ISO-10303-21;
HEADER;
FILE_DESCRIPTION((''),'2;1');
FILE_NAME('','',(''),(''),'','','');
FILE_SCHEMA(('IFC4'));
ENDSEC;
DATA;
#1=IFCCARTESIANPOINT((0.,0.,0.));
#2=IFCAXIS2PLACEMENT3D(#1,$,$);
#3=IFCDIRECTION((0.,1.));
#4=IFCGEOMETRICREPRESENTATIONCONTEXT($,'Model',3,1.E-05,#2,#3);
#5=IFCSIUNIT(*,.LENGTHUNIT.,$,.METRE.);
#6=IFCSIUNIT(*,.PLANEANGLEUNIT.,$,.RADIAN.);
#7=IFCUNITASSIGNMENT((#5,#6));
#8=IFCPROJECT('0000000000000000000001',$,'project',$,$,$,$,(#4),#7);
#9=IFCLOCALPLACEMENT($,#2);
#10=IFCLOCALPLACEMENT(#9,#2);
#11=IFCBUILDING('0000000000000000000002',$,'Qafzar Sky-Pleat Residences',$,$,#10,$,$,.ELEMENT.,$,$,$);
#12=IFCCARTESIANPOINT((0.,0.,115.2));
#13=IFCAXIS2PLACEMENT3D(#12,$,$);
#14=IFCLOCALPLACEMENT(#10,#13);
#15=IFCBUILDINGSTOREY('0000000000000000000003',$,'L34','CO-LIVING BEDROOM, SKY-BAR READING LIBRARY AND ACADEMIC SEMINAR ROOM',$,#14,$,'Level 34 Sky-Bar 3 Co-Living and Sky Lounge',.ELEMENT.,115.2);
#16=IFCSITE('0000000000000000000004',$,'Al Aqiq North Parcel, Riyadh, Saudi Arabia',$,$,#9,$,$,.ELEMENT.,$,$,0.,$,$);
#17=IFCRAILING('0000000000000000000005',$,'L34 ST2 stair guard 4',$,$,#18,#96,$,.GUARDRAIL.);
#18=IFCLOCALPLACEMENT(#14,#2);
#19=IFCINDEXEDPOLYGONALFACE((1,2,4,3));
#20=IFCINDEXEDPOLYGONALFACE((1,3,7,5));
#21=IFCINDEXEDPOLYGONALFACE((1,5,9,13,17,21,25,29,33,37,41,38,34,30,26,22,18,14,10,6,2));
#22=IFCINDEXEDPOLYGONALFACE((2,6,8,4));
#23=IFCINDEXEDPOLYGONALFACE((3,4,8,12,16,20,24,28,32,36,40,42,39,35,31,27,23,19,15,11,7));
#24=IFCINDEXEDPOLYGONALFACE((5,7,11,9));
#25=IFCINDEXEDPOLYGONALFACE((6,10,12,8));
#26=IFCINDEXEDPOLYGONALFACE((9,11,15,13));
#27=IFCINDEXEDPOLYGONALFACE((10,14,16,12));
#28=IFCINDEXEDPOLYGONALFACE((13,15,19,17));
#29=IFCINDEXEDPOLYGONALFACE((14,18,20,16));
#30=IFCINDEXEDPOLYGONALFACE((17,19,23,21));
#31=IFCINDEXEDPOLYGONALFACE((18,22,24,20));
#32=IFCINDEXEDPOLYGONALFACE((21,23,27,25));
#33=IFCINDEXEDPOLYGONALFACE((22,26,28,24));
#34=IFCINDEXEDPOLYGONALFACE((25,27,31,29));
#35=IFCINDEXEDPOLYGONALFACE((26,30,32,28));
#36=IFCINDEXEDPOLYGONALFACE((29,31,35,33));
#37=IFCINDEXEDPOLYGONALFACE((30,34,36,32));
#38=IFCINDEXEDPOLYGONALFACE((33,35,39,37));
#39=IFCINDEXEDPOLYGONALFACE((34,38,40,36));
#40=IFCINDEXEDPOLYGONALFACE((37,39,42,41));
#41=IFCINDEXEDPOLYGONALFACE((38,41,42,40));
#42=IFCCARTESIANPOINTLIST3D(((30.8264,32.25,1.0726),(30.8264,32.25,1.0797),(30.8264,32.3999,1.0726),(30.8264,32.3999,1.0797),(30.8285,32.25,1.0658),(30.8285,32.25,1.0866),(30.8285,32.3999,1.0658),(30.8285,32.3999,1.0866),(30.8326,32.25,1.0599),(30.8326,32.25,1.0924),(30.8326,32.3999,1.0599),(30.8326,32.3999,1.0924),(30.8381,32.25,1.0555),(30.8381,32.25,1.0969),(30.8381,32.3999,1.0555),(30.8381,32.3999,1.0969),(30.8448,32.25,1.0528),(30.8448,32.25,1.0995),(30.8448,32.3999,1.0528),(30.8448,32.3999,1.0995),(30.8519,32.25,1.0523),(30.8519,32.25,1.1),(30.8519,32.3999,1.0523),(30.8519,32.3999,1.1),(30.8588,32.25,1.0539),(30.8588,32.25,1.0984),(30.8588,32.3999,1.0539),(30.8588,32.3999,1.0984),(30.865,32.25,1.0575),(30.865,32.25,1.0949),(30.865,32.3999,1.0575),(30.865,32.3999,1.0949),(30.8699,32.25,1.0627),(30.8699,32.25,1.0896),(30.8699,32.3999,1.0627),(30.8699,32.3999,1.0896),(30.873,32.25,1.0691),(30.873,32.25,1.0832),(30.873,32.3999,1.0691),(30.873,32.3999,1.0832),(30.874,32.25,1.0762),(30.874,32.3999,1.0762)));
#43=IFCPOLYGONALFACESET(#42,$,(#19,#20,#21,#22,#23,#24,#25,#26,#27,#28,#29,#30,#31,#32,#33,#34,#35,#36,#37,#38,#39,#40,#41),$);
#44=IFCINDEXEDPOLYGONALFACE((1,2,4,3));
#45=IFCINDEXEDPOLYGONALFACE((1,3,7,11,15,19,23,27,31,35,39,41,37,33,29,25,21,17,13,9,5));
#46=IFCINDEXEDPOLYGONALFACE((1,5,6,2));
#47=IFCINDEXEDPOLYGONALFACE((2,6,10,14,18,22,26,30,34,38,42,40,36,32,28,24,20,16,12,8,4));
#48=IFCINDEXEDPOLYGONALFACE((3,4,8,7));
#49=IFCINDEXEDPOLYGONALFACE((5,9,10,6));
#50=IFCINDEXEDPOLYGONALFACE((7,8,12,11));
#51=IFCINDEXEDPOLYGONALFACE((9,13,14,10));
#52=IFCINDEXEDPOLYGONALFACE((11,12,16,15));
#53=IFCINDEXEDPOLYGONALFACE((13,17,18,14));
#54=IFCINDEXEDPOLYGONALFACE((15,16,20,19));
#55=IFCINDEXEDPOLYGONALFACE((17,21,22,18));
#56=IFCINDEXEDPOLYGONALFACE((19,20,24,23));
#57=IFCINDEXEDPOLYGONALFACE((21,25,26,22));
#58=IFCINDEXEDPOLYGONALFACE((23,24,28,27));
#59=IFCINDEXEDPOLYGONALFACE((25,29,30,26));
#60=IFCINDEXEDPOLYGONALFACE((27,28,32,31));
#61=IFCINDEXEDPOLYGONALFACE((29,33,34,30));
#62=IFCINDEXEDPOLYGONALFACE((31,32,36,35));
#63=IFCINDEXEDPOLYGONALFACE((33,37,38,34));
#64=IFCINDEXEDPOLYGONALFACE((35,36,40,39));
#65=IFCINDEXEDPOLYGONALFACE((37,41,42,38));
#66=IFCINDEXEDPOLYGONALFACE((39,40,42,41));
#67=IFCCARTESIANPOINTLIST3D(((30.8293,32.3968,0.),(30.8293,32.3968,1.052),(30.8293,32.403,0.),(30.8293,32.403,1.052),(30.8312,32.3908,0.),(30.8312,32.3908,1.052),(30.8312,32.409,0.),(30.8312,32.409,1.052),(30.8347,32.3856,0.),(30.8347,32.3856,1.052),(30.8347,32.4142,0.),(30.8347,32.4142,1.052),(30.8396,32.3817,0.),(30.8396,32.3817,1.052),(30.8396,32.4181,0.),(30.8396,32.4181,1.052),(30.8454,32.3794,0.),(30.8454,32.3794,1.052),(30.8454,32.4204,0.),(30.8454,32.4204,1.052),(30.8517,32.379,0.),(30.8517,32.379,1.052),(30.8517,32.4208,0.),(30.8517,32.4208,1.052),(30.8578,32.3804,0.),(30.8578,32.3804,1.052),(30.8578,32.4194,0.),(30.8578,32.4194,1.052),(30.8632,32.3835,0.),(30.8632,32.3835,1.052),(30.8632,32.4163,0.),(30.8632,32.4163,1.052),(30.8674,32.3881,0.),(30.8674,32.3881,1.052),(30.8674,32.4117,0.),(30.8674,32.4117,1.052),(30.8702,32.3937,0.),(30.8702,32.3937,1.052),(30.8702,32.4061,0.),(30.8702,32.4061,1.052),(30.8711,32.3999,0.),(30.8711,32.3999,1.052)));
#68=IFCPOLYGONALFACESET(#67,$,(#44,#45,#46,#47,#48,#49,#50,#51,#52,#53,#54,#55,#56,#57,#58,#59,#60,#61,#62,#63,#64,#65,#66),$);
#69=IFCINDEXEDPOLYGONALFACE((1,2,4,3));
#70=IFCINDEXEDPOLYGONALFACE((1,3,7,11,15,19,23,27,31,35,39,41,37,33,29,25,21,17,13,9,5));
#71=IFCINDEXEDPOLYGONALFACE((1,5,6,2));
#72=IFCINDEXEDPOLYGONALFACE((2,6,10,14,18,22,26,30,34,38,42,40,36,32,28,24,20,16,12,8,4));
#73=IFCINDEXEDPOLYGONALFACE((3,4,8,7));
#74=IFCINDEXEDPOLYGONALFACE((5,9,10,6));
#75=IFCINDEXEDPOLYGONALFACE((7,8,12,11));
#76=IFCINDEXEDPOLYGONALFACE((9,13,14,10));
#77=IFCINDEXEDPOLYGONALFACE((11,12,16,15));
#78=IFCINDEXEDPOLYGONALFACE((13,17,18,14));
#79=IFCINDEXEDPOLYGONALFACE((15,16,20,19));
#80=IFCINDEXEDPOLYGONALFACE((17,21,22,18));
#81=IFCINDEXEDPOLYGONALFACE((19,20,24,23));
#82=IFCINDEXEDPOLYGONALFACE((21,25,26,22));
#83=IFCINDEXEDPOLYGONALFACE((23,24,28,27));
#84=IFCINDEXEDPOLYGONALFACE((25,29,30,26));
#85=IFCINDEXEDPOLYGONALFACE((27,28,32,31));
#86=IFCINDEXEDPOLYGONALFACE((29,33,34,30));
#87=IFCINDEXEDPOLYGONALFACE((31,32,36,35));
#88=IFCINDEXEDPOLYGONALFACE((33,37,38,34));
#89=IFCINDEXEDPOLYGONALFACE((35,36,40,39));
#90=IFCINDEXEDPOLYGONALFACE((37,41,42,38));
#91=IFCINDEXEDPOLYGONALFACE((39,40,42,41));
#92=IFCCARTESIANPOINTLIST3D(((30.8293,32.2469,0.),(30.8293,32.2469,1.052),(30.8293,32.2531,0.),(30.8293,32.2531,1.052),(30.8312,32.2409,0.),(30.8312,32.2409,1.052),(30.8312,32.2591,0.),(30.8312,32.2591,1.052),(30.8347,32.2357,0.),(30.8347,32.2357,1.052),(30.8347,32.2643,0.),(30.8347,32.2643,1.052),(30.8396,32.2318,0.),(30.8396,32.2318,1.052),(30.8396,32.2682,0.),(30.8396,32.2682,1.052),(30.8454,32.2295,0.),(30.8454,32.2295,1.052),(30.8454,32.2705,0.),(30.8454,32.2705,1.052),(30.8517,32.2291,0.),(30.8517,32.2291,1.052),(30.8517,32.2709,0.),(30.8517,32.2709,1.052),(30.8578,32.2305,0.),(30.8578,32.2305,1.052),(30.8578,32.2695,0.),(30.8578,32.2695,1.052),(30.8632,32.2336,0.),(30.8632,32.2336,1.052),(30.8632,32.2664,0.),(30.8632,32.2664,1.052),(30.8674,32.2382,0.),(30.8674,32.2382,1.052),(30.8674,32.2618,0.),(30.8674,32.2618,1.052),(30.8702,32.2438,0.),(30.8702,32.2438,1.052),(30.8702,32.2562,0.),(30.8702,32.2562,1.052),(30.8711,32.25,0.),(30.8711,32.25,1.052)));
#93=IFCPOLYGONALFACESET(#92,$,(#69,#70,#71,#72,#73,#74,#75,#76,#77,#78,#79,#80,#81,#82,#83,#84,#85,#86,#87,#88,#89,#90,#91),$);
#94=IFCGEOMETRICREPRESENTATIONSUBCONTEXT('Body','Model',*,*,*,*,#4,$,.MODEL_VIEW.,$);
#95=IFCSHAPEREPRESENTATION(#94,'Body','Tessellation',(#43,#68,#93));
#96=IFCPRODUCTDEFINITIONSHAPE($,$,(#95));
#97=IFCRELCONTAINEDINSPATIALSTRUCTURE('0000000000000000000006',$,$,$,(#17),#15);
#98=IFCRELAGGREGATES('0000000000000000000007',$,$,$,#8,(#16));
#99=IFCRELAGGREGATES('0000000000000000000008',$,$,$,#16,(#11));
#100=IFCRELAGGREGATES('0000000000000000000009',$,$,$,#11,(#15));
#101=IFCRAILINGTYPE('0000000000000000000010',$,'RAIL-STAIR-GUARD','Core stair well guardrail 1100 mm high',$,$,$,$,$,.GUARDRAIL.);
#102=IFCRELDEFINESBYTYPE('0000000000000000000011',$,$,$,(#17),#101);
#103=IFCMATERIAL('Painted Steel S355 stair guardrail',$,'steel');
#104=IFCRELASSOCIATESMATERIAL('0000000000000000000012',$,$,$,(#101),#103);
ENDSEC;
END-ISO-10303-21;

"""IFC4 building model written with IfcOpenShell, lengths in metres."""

from ifc_helpers import new_model, si_unit, direction, frame, origin, origin_2d, place, context, subcontext, project, spatial, circle, extrude, source, transform, mapped, material, type_object, element, save


model = new_model("IFC4")

# Units and contexts
model_context = context("Model", 3, precision=1e-05, world=origin(), true_north=direction((0.0, 1.0)))
body_context = subcontext(model_context, "Body", "Model", "MODEL_VIEW")
ifc_project = project(units=[si_unit("LENGTHUNIT", "METRE"), si_unit("PLANEANGLEUNIT", "RADIAN")], contexts=[model_context])

# Site, building, storey
site_placement = place(None, origin())
site = spatial("IfcSite", under=ifc_project, at=site_placement, Name="Al Aqiq North Parcel, Riyadh, Saudi Arabia", CompositionType="ELEMENT", RefElevation=0.0)
building_placement = place(site_placement, origin())
building = spatial("IfcBuilding", under=site, at=building_placement, Name="Qafzar Sky-Pleat Residences", CompositionType="ELEMENT")
storey_placement = place(building_placement, frame((0.0, 0.0, 115.2)))
storey = spatial("IfcBuildingStorey", under=building, at=storey_placement, Name="L34", Description="CO-LIVING BEDROOM, SKY-BAR READING LIBRARY AND ACADEMIC SEMINAR ROOM", LongName="Level 34 Sky-Bar 3 Co-Living and Sky Lounge", CompositionType="ELEMENT", Elevation=115.2)

# Railing
ifc_material_1 = material(Name="Painted Steel S355 stair guardrail", Category="steel")
railing_type_1 = type_object("IfcRailingType", Name="RAIL-STAIR-GUARD", Description="Core stair well guardrail 1100 mm high", PredefinedType="GUARDRAIL", material=ifc_material_1)
shared_shape_1 = source(origin(), body_context, "Body", "SweptSolid", [
    extrude(circle(Radius=0.0239, at=origin_2d()), frame((0.0, 0.0, 1.0762), z_axis=(0.0, -1.0, 0.0), x_axis=(1.0, 0.0, 0.0)), (0.0, 0.0, 1.0), 0.1499),
    extrude(circle(Radius=0.021, at=origin_2d()), origin(), (0.0, 0.0, 1.0), 1.052),
    extrude(circle(Radius=0.021, at=origin_2d()), frame((0.0, -0.1499, 0.0)), (0.0, 0.0, 1.0), 1.052),
])
railing_1_placement = place(storey_placement, frame((30.8501, 32.3999, 0.0)))
element("IfcRailing", 1, at=railing_1_placement, inside=storey, type_object=railing_type_1, Name="L34 ST2 stair guard 4", PredefinedType="GUARDRAIL", context=body_context, shape_type="MappedRepresentation", body=[
    mapped(shared_shape_1, transform((0.0, 0.0, 0.0), x_axis=(1.0, 0.0, 0.0), y_axis=(0.0, 1.0, 0.0), z_axis=(0.0, 0.0, 1.0), scale=1.0)),
])

save(model, "model.ifc")
